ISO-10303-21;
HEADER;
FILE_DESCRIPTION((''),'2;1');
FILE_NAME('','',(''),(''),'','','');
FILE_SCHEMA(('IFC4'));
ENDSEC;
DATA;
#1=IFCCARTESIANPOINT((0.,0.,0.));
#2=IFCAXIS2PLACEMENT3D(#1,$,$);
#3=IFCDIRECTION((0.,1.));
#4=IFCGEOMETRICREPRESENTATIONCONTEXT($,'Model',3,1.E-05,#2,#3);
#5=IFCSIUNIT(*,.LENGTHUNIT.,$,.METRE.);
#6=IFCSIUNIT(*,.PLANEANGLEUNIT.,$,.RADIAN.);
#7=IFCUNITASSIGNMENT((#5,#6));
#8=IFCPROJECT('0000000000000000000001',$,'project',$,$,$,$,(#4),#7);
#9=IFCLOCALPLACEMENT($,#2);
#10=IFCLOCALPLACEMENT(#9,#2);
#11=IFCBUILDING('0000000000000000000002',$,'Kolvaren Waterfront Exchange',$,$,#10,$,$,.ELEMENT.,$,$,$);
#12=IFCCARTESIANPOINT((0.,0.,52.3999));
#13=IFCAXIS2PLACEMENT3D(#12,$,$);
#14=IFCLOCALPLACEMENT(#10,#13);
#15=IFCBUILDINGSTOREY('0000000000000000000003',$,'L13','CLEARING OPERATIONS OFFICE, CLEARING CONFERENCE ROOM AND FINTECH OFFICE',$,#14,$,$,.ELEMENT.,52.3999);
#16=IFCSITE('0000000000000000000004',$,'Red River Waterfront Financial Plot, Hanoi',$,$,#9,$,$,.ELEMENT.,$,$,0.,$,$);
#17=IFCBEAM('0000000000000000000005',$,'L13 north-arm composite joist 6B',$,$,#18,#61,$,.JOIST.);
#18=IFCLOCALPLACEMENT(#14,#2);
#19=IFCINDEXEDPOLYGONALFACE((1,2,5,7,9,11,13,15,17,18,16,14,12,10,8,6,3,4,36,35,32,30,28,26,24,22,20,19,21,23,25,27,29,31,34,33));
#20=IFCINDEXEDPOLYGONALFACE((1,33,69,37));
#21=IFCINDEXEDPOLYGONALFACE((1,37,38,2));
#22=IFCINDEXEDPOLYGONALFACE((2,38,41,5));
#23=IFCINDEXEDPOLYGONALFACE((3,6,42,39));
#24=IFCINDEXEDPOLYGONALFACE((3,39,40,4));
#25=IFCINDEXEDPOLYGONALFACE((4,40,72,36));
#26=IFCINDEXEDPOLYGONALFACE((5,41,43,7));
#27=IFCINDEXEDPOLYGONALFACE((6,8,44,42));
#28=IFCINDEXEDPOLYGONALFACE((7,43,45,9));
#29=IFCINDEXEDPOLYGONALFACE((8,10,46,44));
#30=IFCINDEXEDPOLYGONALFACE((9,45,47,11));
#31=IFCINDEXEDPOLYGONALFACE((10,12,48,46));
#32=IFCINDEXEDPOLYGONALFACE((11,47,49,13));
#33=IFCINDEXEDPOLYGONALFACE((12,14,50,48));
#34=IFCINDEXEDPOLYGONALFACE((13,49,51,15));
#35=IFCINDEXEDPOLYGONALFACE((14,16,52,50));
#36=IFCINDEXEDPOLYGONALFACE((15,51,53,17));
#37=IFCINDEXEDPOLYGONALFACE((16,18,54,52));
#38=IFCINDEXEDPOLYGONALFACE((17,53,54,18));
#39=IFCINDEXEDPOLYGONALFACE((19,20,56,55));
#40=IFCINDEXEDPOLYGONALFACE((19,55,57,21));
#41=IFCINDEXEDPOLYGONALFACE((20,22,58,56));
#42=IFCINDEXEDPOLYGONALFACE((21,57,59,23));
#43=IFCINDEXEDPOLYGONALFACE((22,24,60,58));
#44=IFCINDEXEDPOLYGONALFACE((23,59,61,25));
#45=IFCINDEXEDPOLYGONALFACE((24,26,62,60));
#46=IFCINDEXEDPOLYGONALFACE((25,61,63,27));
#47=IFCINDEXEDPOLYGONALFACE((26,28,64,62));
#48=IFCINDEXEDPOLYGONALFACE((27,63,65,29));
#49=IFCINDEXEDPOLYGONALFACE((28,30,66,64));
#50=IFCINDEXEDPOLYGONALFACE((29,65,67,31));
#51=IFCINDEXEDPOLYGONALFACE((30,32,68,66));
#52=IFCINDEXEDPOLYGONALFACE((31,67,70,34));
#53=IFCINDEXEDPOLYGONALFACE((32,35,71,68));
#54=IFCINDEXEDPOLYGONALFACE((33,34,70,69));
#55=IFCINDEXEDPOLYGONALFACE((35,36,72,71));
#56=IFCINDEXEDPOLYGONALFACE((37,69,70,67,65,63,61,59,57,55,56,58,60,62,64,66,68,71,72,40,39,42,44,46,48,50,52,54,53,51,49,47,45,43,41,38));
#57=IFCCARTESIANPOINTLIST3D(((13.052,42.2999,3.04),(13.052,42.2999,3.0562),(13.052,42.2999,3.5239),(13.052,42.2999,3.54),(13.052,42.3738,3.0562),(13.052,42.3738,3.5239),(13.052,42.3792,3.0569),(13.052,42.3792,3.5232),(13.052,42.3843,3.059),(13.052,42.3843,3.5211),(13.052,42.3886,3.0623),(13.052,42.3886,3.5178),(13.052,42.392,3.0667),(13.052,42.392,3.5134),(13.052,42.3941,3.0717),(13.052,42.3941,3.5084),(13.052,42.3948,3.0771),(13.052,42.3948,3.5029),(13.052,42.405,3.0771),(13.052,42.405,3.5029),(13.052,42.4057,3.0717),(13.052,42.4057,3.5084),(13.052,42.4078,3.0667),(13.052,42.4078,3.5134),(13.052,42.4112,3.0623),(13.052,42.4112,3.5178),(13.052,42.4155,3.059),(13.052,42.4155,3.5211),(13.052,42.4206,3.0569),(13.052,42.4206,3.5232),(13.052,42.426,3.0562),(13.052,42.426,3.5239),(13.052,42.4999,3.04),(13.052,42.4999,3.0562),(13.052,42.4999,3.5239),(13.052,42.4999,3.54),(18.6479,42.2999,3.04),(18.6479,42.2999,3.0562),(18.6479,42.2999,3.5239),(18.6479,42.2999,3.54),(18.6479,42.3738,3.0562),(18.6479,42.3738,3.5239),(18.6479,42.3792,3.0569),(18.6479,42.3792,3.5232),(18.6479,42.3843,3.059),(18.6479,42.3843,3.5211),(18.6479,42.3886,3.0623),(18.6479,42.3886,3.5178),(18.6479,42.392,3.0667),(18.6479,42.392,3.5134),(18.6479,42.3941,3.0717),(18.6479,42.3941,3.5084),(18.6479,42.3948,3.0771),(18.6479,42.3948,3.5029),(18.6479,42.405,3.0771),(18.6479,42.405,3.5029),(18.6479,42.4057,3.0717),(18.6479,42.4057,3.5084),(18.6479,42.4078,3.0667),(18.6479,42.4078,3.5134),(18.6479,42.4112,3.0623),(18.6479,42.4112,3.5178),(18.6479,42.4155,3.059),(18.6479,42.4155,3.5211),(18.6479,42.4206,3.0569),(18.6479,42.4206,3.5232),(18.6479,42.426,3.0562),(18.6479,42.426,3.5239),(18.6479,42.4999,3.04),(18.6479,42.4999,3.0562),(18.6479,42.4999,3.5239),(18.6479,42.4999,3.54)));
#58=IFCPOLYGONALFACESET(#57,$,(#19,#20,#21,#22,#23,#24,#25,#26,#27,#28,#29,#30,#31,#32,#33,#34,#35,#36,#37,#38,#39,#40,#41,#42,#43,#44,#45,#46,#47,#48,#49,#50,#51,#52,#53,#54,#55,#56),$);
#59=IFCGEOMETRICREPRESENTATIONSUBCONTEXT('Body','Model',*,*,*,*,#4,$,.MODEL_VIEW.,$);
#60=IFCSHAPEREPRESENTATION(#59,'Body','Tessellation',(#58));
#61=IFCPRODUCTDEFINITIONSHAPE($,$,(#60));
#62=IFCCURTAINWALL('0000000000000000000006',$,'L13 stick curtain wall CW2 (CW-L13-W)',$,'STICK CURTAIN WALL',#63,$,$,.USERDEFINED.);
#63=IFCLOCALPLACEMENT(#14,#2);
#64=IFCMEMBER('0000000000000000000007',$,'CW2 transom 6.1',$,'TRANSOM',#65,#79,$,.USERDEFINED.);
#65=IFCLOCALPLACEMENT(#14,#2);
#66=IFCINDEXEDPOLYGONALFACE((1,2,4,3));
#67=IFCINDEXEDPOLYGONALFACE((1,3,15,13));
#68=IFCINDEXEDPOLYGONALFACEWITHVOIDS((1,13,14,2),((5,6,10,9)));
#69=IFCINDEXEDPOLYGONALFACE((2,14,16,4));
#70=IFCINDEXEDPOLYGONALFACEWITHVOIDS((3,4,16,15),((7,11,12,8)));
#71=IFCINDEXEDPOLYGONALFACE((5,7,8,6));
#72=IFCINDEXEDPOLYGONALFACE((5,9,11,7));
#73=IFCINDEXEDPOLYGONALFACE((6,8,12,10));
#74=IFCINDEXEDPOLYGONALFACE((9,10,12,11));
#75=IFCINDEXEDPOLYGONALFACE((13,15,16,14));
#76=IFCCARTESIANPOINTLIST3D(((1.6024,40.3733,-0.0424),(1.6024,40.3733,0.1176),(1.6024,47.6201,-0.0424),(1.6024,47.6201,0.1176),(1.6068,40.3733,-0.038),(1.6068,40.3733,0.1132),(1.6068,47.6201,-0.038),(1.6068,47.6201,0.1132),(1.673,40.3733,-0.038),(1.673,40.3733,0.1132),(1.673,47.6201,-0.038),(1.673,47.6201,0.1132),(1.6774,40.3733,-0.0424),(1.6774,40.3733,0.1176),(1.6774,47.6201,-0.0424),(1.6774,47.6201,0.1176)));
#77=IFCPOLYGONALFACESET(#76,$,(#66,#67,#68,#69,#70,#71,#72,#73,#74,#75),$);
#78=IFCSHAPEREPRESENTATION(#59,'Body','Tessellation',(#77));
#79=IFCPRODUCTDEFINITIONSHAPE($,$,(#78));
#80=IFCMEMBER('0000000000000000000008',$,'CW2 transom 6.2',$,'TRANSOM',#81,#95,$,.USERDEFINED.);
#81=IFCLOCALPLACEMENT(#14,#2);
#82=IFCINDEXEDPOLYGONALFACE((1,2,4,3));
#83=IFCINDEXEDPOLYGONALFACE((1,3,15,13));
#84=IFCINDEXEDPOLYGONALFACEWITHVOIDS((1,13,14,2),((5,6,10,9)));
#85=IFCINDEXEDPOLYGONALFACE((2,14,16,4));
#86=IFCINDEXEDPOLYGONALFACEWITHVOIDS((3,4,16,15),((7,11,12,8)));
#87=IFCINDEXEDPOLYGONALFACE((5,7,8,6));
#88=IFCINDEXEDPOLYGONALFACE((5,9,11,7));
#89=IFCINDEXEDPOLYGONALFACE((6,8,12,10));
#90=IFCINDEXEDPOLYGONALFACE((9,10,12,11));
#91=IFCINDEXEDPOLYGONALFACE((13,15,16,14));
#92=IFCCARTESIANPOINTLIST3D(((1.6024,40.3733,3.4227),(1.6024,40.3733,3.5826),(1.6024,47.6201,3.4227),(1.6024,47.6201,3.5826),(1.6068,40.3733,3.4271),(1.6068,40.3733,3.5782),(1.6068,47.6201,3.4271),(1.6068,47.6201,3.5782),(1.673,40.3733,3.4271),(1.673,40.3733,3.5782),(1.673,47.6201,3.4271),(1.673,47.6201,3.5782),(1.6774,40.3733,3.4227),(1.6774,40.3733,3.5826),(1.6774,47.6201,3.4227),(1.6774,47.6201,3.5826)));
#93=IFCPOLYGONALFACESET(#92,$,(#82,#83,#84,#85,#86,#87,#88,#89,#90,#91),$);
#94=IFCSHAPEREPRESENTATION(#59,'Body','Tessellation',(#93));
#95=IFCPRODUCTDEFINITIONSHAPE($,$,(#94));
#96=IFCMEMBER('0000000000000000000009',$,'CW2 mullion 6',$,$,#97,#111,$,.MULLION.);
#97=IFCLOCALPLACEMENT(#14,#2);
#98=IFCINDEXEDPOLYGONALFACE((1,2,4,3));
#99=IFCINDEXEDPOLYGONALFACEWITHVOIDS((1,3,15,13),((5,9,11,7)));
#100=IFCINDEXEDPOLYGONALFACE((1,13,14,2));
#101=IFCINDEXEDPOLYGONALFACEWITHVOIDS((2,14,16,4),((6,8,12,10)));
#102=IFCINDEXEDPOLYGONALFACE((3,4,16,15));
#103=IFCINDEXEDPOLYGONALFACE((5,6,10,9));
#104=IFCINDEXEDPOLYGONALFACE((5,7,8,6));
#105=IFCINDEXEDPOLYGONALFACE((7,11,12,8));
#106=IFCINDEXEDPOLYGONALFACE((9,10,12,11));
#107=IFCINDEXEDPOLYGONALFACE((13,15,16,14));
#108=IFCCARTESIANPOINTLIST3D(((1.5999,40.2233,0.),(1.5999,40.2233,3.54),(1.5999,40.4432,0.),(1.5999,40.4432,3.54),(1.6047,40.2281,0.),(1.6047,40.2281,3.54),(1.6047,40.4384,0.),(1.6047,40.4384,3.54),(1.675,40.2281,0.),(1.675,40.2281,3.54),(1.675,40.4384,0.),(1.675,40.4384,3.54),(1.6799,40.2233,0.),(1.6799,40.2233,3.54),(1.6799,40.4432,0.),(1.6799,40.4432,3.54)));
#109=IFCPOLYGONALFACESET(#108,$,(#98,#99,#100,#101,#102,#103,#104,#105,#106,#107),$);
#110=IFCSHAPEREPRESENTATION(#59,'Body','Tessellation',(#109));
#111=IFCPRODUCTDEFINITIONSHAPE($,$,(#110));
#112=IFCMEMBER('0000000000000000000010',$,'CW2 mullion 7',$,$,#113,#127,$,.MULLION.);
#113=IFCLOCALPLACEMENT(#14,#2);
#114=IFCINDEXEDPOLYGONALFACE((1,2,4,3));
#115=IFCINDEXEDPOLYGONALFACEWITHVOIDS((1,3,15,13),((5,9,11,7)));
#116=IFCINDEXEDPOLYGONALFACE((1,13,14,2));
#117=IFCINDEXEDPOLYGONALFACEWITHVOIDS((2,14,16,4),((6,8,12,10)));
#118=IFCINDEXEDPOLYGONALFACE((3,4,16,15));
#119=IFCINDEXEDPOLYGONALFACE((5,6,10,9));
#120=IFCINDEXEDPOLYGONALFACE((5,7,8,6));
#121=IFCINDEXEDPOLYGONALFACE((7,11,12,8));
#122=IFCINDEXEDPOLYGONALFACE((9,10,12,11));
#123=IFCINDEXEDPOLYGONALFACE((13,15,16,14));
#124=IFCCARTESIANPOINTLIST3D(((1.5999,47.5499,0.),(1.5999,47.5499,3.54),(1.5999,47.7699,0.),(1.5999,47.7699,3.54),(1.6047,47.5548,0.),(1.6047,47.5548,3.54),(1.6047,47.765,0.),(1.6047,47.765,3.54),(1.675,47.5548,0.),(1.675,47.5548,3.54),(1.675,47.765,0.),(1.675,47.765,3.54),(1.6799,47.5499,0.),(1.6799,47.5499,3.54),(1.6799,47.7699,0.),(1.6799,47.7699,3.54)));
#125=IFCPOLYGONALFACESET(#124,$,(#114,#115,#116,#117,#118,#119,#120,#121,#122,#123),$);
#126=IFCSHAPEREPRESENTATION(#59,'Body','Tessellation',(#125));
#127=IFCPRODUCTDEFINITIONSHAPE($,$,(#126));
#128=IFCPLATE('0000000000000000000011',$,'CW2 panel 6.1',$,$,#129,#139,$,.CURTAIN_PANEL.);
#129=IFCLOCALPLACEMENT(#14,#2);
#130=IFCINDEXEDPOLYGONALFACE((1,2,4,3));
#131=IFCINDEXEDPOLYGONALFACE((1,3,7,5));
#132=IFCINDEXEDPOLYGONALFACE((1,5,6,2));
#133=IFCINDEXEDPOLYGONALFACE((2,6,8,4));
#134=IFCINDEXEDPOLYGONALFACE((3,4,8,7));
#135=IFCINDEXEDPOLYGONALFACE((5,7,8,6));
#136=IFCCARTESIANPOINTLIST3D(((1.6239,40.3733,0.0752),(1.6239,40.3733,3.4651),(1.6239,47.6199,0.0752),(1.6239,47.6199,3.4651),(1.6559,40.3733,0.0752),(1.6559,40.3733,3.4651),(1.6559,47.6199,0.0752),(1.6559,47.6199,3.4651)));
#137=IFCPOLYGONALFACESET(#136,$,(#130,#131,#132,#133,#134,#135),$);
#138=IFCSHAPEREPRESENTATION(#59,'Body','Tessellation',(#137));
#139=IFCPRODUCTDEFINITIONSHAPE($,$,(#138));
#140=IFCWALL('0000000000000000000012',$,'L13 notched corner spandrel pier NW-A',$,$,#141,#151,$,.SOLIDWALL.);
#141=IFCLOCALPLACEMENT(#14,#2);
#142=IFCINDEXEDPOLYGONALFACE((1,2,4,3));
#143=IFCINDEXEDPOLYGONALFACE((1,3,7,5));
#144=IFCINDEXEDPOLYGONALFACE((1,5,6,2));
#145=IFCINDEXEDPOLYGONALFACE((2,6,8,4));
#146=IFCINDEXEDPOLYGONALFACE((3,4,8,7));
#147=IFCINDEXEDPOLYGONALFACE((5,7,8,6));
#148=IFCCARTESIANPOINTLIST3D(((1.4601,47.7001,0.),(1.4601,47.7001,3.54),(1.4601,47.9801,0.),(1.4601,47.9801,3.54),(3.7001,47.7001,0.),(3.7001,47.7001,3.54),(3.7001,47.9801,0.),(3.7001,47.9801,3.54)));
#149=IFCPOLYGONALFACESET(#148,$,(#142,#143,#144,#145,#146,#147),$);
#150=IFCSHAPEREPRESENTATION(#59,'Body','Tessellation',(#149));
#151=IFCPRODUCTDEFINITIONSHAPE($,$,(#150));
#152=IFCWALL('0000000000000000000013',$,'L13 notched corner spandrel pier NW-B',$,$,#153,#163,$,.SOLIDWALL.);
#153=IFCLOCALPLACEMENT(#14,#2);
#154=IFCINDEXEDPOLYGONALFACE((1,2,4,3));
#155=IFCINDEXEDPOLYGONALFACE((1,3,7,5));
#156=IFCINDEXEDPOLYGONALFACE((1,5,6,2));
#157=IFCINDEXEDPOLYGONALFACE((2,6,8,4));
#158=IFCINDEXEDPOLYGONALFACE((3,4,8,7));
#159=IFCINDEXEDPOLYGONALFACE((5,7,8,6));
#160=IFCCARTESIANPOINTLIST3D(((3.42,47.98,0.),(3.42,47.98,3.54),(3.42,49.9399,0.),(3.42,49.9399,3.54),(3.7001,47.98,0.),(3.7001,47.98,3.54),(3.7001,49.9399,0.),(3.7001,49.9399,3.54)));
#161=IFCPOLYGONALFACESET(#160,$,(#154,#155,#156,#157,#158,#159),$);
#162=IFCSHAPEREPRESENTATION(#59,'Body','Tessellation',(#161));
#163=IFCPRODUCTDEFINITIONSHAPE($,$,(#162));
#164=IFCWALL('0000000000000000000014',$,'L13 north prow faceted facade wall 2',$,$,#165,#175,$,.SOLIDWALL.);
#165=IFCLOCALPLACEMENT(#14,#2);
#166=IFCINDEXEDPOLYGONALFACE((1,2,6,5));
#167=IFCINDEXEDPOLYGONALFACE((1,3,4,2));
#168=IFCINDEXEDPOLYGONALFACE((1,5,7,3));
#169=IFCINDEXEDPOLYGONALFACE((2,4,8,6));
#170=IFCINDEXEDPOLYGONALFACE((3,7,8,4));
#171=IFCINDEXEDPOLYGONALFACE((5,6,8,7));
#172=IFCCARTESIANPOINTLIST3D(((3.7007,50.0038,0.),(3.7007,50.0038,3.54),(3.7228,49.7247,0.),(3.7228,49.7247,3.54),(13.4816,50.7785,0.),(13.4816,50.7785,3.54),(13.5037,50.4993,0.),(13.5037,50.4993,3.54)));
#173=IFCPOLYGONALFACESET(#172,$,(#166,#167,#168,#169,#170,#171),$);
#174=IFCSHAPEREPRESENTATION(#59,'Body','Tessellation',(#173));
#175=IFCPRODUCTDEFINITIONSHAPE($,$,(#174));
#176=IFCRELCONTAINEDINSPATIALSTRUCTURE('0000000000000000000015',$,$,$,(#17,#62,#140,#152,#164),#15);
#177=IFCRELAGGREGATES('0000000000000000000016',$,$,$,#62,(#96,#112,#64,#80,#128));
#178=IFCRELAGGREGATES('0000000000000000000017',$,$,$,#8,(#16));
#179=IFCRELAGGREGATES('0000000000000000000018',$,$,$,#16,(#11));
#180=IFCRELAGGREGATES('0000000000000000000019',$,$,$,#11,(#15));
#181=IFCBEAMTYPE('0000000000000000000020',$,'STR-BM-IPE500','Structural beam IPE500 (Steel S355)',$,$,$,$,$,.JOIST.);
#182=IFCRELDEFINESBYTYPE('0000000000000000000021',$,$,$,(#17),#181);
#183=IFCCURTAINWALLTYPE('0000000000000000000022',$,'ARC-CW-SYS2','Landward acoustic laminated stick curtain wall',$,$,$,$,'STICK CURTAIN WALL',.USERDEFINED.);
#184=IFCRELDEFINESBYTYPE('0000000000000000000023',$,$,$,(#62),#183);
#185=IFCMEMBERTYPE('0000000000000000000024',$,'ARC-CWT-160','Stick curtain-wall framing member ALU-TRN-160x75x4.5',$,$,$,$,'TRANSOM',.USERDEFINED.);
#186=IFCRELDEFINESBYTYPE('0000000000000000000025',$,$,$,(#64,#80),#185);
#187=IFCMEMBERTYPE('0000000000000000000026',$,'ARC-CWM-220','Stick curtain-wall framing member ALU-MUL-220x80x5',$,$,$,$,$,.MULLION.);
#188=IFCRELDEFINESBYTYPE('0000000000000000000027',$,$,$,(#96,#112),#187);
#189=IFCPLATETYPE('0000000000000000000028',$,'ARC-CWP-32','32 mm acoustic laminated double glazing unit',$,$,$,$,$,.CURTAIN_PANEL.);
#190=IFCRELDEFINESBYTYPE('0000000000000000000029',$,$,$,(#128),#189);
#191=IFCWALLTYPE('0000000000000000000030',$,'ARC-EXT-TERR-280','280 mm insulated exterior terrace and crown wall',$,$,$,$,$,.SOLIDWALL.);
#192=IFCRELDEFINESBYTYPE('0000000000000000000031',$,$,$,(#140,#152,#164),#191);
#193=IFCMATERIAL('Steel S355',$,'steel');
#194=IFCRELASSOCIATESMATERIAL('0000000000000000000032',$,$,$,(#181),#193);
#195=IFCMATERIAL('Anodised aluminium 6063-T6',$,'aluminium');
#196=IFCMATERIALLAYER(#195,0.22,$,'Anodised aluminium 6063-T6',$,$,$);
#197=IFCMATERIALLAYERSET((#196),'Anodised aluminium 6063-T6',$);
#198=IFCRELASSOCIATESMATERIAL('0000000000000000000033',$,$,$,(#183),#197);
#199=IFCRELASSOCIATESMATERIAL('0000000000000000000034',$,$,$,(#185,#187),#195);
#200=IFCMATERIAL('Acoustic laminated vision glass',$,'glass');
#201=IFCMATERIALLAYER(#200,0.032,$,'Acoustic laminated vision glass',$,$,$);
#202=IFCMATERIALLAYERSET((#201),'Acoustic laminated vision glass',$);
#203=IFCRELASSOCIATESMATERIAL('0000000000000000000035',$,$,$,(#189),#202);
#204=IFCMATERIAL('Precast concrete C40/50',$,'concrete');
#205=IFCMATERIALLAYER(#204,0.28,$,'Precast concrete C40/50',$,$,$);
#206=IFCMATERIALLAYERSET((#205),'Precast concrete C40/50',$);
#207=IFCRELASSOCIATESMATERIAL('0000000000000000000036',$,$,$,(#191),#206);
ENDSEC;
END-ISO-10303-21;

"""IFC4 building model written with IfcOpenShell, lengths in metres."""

from ifc_helpers import new_model, si_unit, direction, frame, frame_2d, origin, origin_with_axes, origin_2d, place, context, subcontext, project, spatial, rectangle, hollow_rectangle, i_section, extrude, source, transform, mapped, material, layer, layer_set, material_profile, profile_set, type_object, element, aggregate, save


model = new_model("IFC4")

# Units and contexts
model_context = context("Model", 3, precision=1e-05, world=origin(), true_north=direction((0.0, 1.0)))
body_context = subcontext(model_context, "Body", "Model", "MODEL_VIEW")
ifc_project = project(units=[si_unit("LENGTHUNIT", "METRE"), si_unit("PLANEANGLEUNIT", "RADIAN")], contexts=[model_context])

# Site, building, storey
site_placement = place(None, origin())
site = spatial("IfcSite", under=ifc_project, at=site_placement, Name="Red River Waterfront Financial Plot, Hanoi", CompositionType="ELEMENT", RefElevation=0.0)
building_placement = place(site_placement, origin())
building = spatial("IfcBuilding", under=site, at=building_placement, Name="Kolvaren Waterfront Exchange", CompositionType="ELEMENT")
storey_placement = place(building_placement, frame((0.0, 0.0, 52.3999)))
storey = spatial("IfcBuildingStorey", under=building, at=storey_placement, Name="L13", Description="CLEARING OPERATIONS OFFICE, CLEARING CONFERENCE ROOM AND FINTECH OFFICE", CompositionType="ELEMENT", Elevation=52.3999)

# Beam
ifc_material_1 = material(Name="Steel S355", Category="steel")
ifc_material_profile_1 = material_profile(ifc_material_1, i_section(OverallWidth=0.2, OverallDepth=0.5, WebThickness=0.0103, FlangeThickness=0.0161, FilletRadius=0.021, at=origin_2d()), Name="IPE500")
ifc_profile_set_1 = profile_set([ifc_material_profile_1], Name="Steel S355")
beam_type_1 = type_object("IfcBeamType", Name="STR-BM-IPE500", Description="Structural beam IPE500 (Steel S355)", PredefinedType="JOIST", material=ifc_profile_set_1)
beam_1_placement = place(storey_placement, frame((13.052, 42.3999, 3.29), z_axis=(1.0, 0.0, 0.0), x_axis=(0.0, 1.0, 0.0)))
element("IfcBeam", 1, at=beam_1_placement, inside=storey, type_object=beam_type_1, Name="L13 north-arm composite joist 6B", PredefinedType="JOIST", context=body_context, shape_type="SweptSolid", body=[
    extrude(i_section(OverallWidth=0.2, OverallDepth=0.5, WebThickness=0.0103, FlangeThickness=0.0161, FilletRadius=0.021, at=origin_2d()), origin(), (0.0, 0.0, 1.0), 5.5959),
])

# Curtain wall, members, plate
ifc_material_2 = material(Name="Anodised aluminium 6063-T6", Category="aluminium")
ifc_layer_1 = layer(ifc_material_2, 0.22, Name="Anodised aluminium 6063-T6")
ifc_layer_set_1 = layer_set([ifc_layer_1], Name="Anodised aluminium 6063-T6")
curtain_wall_type = type_object("IfcCurtainWallType", Name="ARC-CW-SYS2", Description="Landward acoustic laminated stick curtain wall", ElementType="STICK CURTAIN WALL", PredefinedType="USERDEFINED", material=ifc_layer_set_1)
curtain_wall_placement = place(storey_placement, origin())
curtain_wall = element("IfcCurtainWall", 2, at=curtain_wall_placement, inside=storey, type_object=curtain_wall_type, Name="L13 stick curtain wall CW2 (CW-L13-W)", ObjectType="STICK CURTAIN WALL", PredefinedType="USERDEFINED")
ifc_material_profile_2 = material_profile(ifc_material_2, hollow_rectangle(XDim=0.075, YDim=0.1599, WallThickness=0.0044, at=origin_2d()), Name="ALU-TRN-160x75x4.5")
ifc_profile_set_2 = profile_set([ifc_material_profile_2], Name="Anodised aluminium 6063-T6")
member_type_1 = type_object("IfcMemberType", Name="ARC-CWT-160", Description="Stick curtain-wall framing member ALU-TRN-160x75x4.5", ElementType="TRANSOM", PredefinedType="USERDEFINED", material=ifc_profile_set_2)
shared_shape_1 = source(origin_with_axes(), body_context, "Body", "SweptSolid", [
    extrude(hollow_rectangle(XDim=0.075, YDim=0.1599, WallThickness=0.0044, at=origin_2d()), origin(), (0.0, 0.0, 1.0), 7.2468),
])
member_1_placement = place(storey_placement, frame((1.6399, 40.3733, 0.0376), z_axis=(0.0, 1.0, 0.0), x_axis=(-1.0, 0.0, 0.0)))
member_1 = element("IfcMember", 3, at=member_1_placement, type_object=member_type_1, Name="CW2 transom 6.1", ObjectType="TRANSOM", PredefinedType="USERDEFINED", context=body_context, shape_type="MappedRepresentation", body=[
    mapped(shared_shape_1, transform((0.0, 0.0, 0.0), x_axis=(1.0, 0.0, 0.0), y_axis=(0.0, 1.0, 0.0), z_axis=(0.0, 0.0, 1.0), scale=1.0)),
])
member_2_placement = place(storey_placement, frame((1.6399, 40.3733, 3.5027), z_axis=(0.0, 1.0, 0.0), x_axis=(-1.0, 0.0, 0.0)))
member_2 = element("IfcMember", 4, at=member_2_placement, type_object=member_type_1, Name="CW2 transom 6.2", ObjectType="TRANSOM", PredefinedType="USERDEFINED", context=body_context, shape_type="MappedRepresentation", body=[
    mapped(shared_shape_1, transform((0.0, 0.0, 0.0), x_axis=(1.0, 0.0, 0.0), y_axis=(0.0, 1.0, 0.0), z_axis=(0.0, 0.0, 1.0), scale=1.0)),
])
ifc_material_profile_3 = material_profile(ifc_material_2, hollow_rectangle(XDim=0.0801, YDim=0.22, WallThickness=0.0049, at=origin_2d()), Name="ALU-MUL-220x80x5")
ifc_profile_set_3 = profile_set([ifc_material_profile_3], Name="Anodised aluminium 6063-T6")
member_type_2 = type_object("IfcMemberType", Name="ARC-CWM-220", Description="Stick curtain-wall framing member ALU-MUL-220x80x5", PredefinedType="MULLION", material=ifc_profile_set_3)
shared_shape_2 = source(origin_with_axes(), body_context, "Body", "SweptSolid", [
    extrude(hollow_rectangle(XDim=0.0801, YDim=0.22, WallThickness=0.0049, at=origin_2d()), origin(), (0.0, 0.0, 1.0), 3.54),
])
member_3_placement = place(storey_placement, frame((1.6399, 40.3333, 0.0), z_axis=(0.0, 0.0, 1.0), x_axis=(-1.0, 0.0, 0.0)))
member_3 = element("IfcMember", 5, at=member_3_placement, type_object=member_type_2, Name="CW2 mullion 6", PredefinedType="MULLION", context=body_context, shape_type="MappedRepresentation", body=[
    mapped(shared_shape_2, transform((0.0, 0.0, 0.0), x_axis=(1.0, 0.0, 0.0), y_axis=(0.0, 1.0, 0.0), z_axis=(0.0, 0.0, 1.0), scale=1.0)),
])
member_4_placement = place(storey_placement, frame((1.6399, 47.6599, 0.0), z_axis=(0.0, 0.0, 1.0), x_axis=(-1.0, 0.0, 0.0)))
member_4 = element("IfcMember", 6, at=member_4_placement, type_object=member_type_2, Name="CW2 mullion 7", PredefinedType="MULLION", context=body_context, shape_type="MappedRepresentation", body=[
    mapped(shared_shape_2, transform((0.0, 0.0, 0.0), x_axis=(1.0, 0.0, 0.0), y_axis=(0.0, 1.0, 0.0), z_axis=(0.0, 0.0, 1.0), scale=1.0)),
])
ifc_material_3 = material(Name="Acoustic laminated vision glass", Category="glass")
ifc_layer_2 = layer(ifc_material_3, 0.032, Name="Acoustic laminated vision glass")
ifc_layer_set_2 = layer_set([ifc_layer_2], Name="Acoustic laminated vision glass")
plate_type = type_object("IfcPlateType", Name="ARC-CWP-32", Description="32 mm acoustic laminated double glazing unit", PredefinedType="CURTAIN_PANEL", material=ifc_layer_set_2)
shared_shape_3 = source(origin_with_axes(), body_context, "Body", "SweptSolid", [
    extrude(rectangle(XDim=7.2466, YDim=0.032, at=origin_2d()), origin(), (0.0, 0.0, 1.0), 3.3899),
])
plate_placement = place(storey_placement, frame((1.6399, 43.9966, 0.0752), z_axis=(0.0, 0.0, 1.0), x_axis=(0.0, 1.0, 0.0)))
plate = element("IfcPlate", 7, at=plate_placement, type_object=plate_type, Name="CW2 panel 6.1", PredefinedType="CURTAIN_PANEL", context=body_context, shape_type="MappedRepresentation", body=[
    mapped(shared_shape_3, transform((0.0, 0.0, 0.0), x_axis=(1.0, 0.0, 0.0), y_axis=(0.0, 1.0, 0.0), z_axis=(0.0, 0.0, 1.0), scale=1.0)),
])
aggregate(curtain_wall, [member_3, member_4, member_1, member_2, plate])

# Walls
ifc_material_4 = material(Name="Precast concrete C40/50", Category="concrete")
ifc_layer_3 = layer(ifc_material_4, 0.28, Name="Precast concrete C40/50")
ifc_layer_set_3 = layer_set([ifc_layer_3], Name="Precast concrete C40/50")
wall_type_1 = type_object("IfcWallType", Name="ARC-EXT-TERR-280", Description="280 mm insulated exterior terrace and crown wall", PredefinedType="SOLIDWALL", material=ifc_layer_set_3)
wall_1_placement = place(storey_placement, frame((1.46, 47.8401, 0.0), z_axis=(0.0, 0.0, 1.0), x_axis=(1.0, 0.0, 0.0)))
element("IfcWall", 8, at=wall_1_placement, inside=storey, type_object=wall_type_1, Name="L13 notched corner spandrel pier NW-A", PredefinedType="SOLIDWALL", context=body_context, shape_type="SweptSolid", body=[
    extrude(rectangle(XDim=2.24, YDim=0.28, at=frame_2d((1.1201, 0.0))), origin(), (0.0, 0.0, 1.0), 3.54),
])
wall_2_placement = place(storey_placement, frame((3.5601, 47.98, 0.0), z_axis=(0.0, 0.0, 1.0), x_axis=(0.0, 1.0, 0.0)))
element("IfcWall", 9, at=wall_2_placement, inside=storey, type_object=wall_type_1, Name="L13 notched corner spandrel pier NW-B", PredefinedType="SOLIDWALL", context=body_context, shape_type="SweptSolid", body=[
    extrude(rectangle(XDim=1.96, YDim=0.28, at=frame_2d((0.98, 0.0))), origin(), (0.0, 0.0, 1.0), 3.54),
])
wall_3_placement = place(storey_placement, frame((13.4927, 50.6389, 0.0), z_axis=(0.0, 0.0, 1.0), x_axis=(-0.996878, -0.078953, 0.0)))
element("IfcWall", 10, at=wall_3_placement, inside=storey, type_object=wall_type_1, Name="L13 north prow faceted facade wall 2", PredefinedType="SOLIDWALL", context=body_context, shape_type="SweptSolid", body=[
    extrude(rectangle(XDim=9.8115, YDim=0.28, at=frame_2d((4.9058, 0.0))), origin(), (0.0, 0.0, 1.0), 3.54),
])

save(model, "model.ifc")
